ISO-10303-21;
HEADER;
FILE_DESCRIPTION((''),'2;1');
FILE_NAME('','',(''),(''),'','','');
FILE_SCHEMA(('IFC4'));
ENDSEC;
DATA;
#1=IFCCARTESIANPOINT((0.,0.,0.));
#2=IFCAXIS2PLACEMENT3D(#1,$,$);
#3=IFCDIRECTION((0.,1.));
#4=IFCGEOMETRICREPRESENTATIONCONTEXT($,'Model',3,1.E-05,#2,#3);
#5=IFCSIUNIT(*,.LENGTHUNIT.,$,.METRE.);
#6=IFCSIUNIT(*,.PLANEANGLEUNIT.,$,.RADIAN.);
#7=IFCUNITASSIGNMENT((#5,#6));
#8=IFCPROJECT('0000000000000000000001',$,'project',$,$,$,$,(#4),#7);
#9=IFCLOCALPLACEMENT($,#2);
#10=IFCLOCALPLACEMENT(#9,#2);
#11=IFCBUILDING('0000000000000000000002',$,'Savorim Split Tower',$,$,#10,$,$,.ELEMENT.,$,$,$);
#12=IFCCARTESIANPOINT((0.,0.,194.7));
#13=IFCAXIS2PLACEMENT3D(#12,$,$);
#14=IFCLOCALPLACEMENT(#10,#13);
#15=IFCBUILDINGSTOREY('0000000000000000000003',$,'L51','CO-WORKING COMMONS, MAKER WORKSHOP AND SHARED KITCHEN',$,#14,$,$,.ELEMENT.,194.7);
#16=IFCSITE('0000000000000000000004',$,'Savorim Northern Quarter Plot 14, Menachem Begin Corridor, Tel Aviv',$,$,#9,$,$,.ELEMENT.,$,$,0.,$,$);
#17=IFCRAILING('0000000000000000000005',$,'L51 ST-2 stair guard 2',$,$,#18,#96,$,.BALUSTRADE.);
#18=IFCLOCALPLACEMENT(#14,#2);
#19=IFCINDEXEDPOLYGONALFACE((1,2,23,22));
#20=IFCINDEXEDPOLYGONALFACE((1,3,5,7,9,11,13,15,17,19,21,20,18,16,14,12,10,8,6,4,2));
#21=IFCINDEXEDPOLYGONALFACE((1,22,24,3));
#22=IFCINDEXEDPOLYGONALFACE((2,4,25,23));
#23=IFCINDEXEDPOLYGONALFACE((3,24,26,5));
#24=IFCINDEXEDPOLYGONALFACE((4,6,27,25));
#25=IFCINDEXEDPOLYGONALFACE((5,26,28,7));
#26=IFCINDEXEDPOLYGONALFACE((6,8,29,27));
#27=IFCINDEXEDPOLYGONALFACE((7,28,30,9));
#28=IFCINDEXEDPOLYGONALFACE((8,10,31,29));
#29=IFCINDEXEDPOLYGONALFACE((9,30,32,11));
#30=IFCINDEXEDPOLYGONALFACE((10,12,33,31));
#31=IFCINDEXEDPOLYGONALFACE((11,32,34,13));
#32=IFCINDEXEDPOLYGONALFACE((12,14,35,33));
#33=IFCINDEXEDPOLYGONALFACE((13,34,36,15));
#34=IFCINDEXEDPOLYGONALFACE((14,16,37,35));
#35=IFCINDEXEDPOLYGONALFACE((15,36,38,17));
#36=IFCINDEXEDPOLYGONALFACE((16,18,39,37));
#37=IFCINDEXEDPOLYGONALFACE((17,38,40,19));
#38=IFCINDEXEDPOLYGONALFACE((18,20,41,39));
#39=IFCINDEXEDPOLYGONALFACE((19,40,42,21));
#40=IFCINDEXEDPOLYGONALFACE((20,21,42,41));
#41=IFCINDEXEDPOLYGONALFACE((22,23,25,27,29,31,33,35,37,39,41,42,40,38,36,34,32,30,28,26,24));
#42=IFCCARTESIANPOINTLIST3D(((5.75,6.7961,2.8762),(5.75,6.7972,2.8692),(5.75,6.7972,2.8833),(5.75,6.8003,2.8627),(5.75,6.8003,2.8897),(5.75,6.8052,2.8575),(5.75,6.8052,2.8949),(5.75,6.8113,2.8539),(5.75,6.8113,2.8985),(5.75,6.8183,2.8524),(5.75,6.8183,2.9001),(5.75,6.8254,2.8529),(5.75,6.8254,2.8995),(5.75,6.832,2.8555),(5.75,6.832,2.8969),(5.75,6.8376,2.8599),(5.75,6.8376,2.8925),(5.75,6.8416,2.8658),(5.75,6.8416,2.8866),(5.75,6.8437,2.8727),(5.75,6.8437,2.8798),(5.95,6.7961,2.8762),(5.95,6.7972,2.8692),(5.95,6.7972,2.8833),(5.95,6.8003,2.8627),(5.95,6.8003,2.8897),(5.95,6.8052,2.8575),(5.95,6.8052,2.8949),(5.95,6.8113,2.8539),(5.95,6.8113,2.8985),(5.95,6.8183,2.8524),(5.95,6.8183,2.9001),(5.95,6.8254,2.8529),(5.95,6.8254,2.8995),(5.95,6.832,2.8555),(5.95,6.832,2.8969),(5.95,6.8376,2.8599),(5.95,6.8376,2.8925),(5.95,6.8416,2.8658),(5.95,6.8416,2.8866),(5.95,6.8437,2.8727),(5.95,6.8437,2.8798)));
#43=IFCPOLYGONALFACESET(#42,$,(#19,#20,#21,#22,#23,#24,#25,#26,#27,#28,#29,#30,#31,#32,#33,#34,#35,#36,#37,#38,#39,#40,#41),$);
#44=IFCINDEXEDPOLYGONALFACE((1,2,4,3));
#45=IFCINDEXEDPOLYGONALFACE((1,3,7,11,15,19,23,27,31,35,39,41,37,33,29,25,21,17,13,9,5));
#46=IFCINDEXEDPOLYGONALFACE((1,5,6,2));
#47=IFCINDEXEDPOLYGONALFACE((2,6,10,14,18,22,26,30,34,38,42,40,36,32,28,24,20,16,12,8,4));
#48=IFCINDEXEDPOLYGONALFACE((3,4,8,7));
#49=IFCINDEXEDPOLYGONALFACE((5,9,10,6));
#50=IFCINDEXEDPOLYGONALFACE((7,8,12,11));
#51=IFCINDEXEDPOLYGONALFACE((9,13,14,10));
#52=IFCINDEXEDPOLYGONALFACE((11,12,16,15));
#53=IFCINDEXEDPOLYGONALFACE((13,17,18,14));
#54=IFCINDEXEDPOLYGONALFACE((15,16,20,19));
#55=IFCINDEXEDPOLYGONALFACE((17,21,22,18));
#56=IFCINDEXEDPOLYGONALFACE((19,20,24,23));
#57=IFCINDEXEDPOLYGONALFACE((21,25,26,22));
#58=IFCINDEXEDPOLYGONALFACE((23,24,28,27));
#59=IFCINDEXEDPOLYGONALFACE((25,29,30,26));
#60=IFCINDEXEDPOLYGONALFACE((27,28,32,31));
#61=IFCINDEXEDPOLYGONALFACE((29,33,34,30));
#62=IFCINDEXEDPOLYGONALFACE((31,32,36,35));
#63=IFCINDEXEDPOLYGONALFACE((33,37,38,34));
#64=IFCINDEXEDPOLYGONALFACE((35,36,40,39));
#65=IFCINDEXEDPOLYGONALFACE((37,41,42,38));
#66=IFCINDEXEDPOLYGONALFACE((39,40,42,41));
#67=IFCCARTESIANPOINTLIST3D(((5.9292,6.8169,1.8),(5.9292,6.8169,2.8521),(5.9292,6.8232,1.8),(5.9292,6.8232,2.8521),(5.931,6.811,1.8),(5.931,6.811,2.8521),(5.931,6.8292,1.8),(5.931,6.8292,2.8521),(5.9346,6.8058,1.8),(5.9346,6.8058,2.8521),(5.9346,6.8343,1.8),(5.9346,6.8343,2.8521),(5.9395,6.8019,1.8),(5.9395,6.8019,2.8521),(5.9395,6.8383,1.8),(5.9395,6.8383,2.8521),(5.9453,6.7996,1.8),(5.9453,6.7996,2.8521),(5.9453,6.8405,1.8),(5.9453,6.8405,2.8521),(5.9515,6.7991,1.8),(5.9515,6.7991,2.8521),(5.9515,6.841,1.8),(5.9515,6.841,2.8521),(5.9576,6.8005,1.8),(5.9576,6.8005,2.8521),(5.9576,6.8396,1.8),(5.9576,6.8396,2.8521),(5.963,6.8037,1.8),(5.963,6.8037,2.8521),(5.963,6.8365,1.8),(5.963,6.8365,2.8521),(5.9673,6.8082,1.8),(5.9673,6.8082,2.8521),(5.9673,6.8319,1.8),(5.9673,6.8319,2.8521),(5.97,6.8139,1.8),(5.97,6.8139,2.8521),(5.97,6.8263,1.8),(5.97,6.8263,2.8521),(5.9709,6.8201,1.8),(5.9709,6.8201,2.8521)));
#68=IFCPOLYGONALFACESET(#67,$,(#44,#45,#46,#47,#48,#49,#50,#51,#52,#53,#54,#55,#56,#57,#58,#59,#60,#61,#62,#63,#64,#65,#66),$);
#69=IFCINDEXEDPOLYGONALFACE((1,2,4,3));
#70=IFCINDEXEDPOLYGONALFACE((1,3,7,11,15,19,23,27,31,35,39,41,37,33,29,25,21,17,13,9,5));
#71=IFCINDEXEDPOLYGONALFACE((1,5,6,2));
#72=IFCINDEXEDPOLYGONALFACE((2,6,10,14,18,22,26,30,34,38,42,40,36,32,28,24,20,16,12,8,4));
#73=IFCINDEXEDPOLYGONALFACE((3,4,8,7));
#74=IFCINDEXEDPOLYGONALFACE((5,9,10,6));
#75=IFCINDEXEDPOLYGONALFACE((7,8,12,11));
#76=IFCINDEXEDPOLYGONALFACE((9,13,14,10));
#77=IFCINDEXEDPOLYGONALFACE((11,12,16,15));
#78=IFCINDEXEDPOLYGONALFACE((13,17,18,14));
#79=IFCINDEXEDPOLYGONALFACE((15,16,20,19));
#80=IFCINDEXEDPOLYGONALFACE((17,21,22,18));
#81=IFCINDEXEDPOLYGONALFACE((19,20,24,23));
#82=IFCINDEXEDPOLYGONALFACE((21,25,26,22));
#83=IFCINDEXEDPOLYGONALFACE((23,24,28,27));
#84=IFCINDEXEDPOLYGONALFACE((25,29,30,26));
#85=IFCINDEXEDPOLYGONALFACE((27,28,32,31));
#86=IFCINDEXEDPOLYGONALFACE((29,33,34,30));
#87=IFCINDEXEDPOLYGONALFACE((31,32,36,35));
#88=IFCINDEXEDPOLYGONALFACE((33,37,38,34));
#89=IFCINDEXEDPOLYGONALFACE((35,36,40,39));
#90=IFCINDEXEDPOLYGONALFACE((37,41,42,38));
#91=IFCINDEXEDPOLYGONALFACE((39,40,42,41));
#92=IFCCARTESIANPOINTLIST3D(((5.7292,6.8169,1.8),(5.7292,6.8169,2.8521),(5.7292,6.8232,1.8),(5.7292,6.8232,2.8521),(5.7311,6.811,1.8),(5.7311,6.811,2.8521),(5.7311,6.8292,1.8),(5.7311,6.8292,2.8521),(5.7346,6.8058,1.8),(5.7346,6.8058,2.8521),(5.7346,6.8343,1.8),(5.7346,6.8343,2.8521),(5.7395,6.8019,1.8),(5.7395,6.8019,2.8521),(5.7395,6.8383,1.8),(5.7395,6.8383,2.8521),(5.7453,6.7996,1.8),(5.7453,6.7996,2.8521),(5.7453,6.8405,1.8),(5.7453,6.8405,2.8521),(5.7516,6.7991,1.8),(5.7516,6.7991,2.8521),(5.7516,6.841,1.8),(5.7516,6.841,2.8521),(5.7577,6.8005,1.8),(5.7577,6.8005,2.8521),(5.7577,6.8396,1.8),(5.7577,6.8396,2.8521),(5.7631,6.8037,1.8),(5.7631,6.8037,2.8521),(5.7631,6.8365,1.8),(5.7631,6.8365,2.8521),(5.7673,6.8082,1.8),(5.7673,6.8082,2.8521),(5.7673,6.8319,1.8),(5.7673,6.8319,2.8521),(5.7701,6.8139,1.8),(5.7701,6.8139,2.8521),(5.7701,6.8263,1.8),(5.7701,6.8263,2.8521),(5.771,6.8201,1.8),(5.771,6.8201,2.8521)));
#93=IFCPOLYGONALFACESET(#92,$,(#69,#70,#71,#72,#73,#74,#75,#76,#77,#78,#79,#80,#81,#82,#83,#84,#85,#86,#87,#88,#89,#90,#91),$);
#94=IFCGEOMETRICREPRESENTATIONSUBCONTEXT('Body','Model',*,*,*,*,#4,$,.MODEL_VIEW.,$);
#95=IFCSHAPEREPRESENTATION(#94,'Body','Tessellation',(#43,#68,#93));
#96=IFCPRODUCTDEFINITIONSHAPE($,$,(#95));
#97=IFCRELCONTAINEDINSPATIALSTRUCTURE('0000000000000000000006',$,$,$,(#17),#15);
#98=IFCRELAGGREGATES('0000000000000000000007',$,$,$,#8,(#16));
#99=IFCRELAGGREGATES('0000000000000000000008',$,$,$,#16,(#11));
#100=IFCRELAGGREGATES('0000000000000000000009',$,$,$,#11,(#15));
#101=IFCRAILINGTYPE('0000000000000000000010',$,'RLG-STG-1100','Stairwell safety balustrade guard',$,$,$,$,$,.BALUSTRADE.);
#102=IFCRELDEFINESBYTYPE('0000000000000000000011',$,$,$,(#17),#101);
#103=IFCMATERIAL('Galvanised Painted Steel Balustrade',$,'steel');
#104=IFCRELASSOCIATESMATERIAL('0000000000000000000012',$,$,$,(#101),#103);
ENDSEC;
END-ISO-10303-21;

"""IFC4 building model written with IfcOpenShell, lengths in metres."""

from ifc_helpers import new_model, si_unit, direction, frame, origin, origin_2d, place, context, subcontext, project, spatial, circle, extrude, material, type_object, element, save


model = new_model("IFC4")

# Units and contexts
model_context = context("Model", 3, precision=1e-05, world=origin(), true_north=direction((0.0, 1.0)))
body_context = subcontext(model_context, "Body", "Model", "MODEL_VIEW")
ifc_project = project(units=[si_unit("LENGTHUNIT", "METRE"), si_unit("PLANEANGLEUNIT", "RADIAN")], contexts=[model_context])

# Site, building, storey
site_placement = place(None, origin())
site = spatial("IfcSite", under=ifc_project, at=site_placement, Name="Savorim Northern Quarter Plot 14, Menachem Begin Corridor, Tel Aviv", CompositionType="ELEMENT", RefElevation=0.0)
building_placement = place(site_placement, origin())
building = spatial("IfcBuilding", under=site, at=building_placement, Name="Savorim Split Tower", CompositionType="ELEMENT")
storey_placement = place(building_placement, frame((0.0, 0.0, 194.7)))
storey = spatial("IfcBuildingStorey", under=building, at=storey_placement, Name="L51", Description="CO-WORKING COMMONS, MAKER WORKSHOP AND SHARED KITCHEN", CompositionType="ELEMENT", Elevation=194.7)

# Railing
ifc_material_1 = material(Name="Galvanised Painted Steel Balustrade", Category="steel")
railing_type_1 = type_object("IfcRailingType", Name="RLG-STG-1100", Description="Stairwell safety balustrade guard", PredefinedType="BALUSTRADE", material=ifc_material_1)
railing_1_placement = place(storey_placement, frame((5.95, 6.8201, 1.8)))
element("IfcRailing", 1, at=railing_1_placement, inside=storey, type_object=railing_type_1, Name="L51 ST-2 stair guard 2", PredefinedType="BALUSTRADE", context=body_context, shape_type="SweptSolid", body=[
    extrude(circle(Radius=0.0239, at=origin_2d()), frame((0.0, 0.0, 1.0762), z_axis=(-1.0, 0.0, 0.0), x_axis=(0.0, -1.0, 0.0)), (0.0, 0.0, 1.0), 0.2),
    extrude(circle(Radius=0.021, at=origin_2d()), origin(), (0.0, 0.0, 1.0), 1.052),
    extrude(circle(Radius=0.021, at=origin_2d()), frame((-0.2, 0.0, 0.0)), (0.0, 0.0, 1.0), 1.052),
])

save(model, "model.ifc")
